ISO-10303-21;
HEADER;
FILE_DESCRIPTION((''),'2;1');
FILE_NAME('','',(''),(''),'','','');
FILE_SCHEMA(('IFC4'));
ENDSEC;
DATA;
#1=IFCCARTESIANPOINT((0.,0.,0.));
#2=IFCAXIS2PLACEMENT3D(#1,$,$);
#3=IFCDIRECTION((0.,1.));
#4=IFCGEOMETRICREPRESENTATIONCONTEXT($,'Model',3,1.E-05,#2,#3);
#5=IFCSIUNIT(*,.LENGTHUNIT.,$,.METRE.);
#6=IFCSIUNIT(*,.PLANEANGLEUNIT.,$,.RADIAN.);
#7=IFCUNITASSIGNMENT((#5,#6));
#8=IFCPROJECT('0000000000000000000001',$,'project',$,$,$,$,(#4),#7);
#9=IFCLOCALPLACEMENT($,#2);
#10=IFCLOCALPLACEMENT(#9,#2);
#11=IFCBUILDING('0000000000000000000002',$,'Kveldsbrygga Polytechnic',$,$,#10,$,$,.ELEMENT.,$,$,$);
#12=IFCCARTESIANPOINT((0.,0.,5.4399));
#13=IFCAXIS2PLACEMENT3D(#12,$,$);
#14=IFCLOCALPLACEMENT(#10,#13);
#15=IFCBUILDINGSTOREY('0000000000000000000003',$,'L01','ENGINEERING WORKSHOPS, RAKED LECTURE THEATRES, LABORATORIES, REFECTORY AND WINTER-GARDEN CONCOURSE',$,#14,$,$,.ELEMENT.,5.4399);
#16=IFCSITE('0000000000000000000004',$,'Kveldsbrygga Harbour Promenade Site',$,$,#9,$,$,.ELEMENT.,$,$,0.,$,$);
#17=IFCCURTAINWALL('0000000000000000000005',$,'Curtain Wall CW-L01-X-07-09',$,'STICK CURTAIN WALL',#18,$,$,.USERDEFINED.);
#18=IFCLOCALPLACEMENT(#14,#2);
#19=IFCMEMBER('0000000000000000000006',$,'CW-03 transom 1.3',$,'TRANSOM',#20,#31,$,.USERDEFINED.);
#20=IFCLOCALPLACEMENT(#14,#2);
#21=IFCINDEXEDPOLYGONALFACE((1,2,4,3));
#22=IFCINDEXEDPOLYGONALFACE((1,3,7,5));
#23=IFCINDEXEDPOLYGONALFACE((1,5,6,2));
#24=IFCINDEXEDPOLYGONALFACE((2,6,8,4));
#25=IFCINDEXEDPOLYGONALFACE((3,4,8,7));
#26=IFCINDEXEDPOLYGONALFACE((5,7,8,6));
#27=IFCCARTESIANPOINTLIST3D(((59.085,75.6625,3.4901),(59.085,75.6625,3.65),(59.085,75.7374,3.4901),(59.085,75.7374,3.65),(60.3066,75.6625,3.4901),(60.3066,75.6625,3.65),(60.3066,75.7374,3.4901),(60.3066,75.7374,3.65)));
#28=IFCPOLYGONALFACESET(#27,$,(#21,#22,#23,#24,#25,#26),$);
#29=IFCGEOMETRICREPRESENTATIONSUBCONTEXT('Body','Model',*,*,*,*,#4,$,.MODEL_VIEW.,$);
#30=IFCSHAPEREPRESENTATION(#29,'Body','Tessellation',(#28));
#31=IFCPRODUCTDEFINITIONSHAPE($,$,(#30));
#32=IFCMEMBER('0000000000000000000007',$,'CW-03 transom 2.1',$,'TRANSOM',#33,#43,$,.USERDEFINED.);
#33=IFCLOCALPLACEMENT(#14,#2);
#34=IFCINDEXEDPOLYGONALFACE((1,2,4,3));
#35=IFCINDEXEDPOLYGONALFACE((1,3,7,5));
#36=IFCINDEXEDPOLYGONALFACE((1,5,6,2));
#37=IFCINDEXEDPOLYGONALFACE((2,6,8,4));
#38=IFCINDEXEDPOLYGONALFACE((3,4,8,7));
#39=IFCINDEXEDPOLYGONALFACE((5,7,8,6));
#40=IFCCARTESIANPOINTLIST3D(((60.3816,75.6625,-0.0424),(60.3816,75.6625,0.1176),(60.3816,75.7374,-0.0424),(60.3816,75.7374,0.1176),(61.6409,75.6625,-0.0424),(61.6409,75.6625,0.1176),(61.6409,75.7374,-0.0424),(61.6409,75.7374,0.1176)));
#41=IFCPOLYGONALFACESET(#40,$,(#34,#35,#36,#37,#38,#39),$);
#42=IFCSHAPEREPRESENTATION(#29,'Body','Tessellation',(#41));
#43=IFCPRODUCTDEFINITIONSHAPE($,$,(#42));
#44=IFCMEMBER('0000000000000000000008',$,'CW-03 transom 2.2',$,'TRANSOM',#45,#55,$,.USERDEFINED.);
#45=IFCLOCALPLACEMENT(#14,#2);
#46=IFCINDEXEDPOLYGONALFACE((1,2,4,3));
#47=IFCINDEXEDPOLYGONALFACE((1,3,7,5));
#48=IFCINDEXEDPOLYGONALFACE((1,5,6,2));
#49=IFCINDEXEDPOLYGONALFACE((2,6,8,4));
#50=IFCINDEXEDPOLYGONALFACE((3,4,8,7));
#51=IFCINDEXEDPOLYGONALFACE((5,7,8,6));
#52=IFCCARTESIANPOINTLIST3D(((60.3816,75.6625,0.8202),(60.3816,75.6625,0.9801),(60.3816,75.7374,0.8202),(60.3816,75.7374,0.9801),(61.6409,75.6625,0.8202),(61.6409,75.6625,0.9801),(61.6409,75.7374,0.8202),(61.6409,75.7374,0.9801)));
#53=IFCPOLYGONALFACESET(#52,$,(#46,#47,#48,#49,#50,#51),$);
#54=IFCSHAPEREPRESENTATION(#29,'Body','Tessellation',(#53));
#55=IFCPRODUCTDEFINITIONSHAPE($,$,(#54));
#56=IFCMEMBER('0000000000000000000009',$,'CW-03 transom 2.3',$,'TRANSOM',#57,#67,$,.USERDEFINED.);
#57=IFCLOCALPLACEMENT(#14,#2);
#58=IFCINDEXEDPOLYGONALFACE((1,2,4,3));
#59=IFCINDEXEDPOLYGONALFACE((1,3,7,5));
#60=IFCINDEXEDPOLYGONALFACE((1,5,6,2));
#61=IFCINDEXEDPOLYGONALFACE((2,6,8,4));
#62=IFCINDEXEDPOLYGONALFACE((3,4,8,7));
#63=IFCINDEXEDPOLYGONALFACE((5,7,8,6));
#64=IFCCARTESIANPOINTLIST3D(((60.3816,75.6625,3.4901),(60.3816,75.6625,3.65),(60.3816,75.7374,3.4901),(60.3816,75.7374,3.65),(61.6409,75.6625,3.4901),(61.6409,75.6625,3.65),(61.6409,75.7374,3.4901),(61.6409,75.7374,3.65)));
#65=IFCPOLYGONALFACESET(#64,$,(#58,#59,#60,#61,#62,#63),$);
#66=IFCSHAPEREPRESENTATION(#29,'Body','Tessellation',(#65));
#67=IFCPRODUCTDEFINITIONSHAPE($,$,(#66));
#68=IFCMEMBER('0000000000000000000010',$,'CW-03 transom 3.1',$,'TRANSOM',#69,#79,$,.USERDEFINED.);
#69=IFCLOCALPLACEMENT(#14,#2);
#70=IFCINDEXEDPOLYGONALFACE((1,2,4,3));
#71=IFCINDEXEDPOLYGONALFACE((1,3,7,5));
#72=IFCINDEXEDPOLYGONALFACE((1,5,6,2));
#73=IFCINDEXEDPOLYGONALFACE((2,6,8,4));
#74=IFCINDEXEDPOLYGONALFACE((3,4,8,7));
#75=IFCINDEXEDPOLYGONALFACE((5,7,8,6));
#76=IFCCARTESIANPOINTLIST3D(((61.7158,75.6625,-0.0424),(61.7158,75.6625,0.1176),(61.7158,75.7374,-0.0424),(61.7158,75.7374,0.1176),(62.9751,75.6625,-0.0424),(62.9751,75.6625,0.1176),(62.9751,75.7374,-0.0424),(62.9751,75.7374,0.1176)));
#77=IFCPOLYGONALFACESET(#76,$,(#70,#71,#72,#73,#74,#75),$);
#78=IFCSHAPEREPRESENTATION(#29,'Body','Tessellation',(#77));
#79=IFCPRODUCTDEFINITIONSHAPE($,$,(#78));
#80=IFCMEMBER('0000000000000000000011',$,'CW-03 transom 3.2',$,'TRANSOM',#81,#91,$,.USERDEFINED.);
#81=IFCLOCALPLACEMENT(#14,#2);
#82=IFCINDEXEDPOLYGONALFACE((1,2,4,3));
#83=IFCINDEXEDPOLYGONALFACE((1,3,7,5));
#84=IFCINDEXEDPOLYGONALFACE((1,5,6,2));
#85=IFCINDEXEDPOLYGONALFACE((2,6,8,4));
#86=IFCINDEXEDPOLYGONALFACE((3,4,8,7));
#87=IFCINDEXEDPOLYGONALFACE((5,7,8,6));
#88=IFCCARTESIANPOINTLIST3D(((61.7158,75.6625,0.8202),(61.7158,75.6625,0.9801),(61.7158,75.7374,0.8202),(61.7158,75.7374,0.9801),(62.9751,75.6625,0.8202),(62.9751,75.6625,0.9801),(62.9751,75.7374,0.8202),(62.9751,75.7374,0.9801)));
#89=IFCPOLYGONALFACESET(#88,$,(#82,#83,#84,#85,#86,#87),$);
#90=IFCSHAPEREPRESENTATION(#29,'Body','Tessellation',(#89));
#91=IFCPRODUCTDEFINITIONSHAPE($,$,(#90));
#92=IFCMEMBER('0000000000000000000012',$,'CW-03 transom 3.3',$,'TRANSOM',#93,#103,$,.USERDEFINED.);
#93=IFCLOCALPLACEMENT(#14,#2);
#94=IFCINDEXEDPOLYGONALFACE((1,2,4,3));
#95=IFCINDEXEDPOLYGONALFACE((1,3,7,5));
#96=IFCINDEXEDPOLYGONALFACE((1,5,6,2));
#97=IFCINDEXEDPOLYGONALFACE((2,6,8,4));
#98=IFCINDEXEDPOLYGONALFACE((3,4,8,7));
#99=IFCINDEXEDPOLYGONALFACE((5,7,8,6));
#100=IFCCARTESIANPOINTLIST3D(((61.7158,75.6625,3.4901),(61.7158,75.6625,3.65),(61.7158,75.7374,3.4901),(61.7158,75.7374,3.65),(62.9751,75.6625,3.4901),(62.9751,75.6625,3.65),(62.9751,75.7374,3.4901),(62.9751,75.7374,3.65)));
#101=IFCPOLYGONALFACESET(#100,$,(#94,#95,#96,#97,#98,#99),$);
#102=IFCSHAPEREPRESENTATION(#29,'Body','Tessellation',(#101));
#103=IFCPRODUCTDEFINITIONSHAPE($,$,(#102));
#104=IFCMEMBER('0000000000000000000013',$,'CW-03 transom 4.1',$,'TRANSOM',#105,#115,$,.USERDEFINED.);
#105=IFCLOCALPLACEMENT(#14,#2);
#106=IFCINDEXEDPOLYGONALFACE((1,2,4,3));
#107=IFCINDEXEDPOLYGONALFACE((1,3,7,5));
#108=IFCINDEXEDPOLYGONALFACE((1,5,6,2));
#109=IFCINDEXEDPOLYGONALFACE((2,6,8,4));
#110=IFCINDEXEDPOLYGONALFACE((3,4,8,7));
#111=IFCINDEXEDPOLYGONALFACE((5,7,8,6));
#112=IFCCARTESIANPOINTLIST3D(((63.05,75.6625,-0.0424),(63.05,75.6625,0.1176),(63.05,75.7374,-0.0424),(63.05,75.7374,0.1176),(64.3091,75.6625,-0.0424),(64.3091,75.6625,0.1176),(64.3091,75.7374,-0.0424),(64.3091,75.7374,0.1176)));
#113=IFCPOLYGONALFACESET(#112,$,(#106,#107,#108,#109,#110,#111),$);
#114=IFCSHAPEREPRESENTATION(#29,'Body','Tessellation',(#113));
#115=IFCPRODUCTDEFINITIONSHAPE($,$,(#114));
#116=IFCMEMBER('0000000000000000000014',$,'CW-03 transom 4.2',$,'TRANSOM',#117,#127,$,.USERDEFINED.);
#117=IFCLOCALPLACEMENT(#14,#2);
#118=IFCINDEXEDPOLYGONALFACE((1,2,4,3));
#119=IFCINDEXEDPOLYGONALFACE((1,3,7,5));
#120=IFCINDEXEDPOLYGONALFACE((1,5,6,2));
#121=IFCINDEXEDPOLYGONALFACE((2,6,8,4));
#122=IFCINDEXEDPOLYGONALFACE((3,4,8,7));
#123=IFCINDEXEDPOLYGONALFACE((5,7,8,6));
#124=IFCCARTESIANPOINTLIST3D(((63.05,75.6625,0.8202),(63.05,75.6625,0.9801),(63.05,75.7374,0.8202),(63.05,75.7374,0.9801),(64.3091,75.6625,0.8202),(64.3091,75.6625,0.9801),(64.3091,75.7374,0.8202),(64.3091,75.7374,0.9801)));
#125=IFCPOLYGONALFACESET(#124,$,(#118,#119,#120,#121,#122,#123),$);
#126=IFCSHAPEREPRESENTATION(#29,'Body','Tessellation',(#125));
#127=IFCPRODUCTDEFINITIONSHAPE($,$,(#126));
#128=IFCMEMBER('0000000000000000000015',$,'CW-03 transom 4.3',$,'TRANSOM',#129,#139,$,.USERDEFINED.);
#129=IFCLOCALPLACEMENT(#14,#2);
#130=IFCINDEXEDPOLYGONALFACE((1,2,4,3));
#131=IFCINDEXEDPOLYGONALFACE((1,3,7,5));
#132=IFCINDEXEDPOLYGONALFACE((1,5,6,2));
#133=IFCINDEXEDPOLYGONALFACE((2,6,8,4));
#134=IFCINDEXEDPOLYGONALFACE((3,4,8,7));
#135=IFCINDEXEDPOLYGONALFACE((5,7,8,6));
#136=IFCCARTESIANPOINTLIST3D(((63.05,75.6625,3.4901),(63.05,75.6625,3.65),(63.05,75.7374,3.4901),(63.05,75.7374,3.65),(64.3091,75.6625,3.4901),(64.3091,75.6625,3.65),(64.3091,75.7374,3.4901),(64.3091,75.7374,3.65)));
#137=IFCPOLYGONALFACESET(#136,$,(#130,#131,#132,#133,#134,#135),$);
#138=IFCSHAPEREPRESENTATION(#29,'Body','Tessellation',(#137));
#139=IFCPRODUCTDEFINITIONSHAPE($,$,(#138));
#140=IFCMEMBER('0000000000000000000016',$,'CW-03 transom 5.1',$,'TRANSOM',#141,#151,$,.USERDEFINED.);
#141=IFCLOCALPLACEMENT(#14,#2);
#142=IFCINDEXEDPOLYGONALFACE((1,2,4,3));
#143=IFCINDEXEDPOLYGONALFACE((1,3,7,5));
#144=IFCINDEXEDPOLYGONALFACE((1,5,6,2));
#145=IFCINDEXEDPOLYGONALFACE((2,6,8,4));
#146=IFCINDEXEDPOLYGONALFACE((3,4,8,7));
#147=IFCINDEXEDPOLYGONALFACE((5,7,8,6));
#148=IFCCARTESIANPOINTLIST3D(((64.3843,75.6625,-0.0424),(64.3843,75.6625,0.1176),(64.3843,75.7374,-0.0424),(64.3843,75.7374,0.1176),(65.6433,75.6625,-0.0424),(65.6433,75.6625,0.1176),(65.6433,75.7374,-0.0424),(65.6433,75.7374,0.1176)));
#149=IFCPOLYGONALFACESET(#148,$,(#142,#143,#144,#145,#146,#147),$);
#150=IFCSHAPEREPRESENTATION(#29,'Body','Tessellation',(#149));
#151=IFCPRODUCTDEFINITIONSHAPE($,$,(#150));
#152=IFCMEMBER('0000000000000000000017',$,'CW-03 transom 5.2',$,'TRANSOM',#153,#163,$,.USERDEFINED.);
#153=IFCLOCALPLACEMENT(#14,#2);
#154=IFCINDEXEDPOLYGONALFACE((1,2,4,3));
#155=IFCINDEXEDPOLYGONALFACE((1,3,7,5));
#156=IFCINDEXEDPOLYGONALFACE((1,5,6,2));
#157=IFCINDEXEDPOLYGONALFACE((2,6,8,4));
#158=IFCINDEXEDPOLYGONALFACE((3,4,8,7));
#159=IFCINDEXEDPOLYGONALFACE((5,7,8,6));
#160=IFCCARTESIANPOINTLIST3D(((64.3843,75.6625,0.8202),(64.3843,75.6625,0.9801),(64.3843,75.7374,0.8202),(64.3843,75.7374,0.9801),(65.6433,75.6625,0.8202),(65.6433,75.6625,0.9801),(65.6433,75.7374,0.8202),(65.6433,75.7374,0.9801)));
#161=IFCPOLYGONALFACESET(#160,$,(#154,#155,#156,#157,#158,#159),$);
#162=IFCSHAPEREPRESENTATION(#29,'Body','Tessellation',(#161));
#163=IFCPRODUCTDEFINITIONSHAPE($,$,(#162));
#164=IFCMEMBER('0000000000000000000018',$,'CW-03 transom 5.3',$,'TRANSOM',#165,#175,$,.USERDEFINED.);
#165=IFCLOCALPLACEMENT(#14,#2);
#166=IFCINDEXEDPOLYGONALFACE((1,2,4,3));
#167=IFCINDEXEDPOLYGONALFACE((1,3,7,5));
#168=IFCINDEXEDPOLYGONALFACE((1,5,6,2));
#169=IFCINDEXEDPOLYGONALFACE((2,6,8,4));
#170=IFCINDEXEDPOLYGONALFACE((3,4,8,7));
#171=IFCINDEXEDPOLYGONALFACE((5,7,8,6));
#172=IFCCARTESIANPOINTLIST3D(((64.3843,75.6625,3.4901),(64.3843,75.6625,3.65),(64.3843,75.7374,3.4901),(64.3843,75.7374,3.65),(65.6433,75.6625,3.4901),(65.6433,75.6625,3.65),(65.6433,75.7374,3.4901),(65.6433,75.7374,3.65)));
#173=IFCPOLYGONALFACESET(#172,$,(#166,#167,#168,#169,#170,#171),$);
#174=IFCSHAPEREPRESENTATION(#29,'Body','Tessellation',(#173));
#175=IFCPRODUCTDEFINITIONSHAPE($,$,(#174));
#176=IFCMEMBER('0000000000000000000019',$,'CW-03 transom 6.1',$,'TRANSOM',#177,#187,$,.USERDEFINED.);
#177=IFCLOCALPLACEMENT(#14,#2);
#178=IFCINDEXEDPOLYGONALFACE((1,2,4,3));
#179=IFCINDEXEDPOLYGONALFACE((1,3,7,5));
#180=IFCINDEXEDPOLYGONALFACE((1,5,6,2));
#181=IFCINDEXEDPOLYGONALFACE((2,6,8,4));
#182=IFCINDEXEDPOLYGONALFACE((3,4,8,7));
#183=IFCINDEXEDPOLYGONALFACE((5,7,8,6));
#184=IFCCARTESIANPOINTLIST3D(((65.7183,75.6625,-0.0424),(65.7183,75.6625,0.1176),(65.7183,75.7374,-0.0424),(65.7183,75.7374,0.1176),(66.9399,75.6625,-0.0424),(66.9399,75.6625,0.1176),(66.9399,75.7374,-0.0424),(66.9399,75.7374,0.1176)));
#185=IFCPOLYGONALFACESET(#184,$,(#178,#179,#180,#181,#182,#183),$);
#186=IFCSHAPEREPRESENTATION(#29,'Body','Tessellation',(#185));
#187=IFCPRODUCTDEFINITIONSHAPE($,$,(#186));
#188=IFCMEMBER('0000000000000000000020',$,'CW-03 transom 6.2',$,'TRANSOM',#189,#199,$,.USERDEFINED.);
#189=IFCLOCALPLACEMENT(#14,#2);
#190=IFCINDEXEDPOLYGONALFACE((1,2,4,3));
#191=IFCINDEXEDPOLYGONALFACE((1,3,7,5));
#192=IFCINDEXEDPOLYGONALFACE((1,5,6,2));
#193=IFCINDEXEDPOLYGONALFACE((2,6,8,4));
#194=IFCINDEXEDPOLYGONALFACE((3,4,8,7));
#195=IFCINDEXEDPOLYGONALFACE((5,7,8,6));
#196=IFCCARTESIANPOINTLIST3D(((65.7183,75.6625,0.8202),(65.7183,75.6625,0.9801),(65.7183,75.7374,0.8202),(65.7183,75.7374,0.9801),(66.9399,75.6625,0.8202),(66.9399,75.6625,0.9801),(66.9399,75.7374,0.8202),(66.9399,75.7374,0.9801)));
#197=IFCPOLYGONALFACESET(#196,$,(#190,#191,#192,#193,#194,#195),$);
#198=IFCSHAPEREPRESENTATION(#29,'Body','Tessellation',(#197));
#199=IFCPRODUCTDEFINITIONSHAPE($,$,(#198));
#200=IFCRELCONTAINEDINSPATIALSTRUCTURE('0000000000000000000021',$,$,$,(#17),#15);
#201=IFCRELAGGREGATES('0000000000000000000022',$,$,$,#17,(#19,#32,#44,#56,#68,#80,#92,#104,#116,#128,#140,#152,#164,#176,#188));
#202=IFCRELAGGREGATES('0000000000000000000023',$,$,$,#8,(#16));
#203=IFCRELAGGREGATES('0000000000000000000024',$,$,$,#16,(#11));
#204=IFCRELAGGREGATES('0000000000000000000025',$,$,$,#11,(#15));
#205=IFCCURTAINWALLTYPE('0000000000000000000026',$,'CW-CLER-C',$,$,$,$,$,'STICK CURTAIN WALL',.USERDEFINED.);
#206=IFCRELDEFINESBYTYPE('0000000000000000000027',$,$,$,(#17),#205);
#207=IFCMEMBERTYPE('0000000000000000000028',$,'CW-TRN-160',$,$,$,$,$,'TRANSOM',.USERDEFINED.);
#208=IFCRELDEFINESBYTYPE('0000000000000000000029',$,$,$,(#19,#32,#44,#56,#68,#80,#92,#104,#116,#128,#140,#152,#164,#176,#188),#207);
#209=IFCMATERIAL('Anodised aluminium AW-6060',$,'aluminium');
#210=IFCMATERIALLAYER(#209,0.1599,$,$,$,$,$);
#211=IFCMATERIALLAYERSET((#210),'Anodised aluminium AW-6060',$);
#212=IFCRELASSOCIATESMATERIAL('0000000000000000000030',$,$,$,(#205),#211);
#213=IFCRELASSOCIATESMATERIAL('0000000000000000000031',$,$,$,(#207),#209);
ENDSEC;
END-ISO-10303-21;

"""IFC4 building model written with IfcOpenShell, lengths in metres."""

from ifc_helpers import new_model, si_unit, direction, frame, origin, origin_2d, place, context, subcontext, project, spatial, rectangle, extrude, material, layer, layer_set, material_profile, profile_set, type_object, element, aggregate, save


model = new_model("IFC4")

# Units and contexts
model_context = context("Model", 3, precision=1e-05, world=origin(), true_north=direction((0.0, 1.0)))
body_context = subcontext(model_context, "Body", "Model", "MODEL_VIEW")
ifc_project = project(units=[si_unit("LENGTHUNIT", "METRE"), si_unit("PLANEANGLEUNIT", "RADIAN")], contexts=[model_context])

# Site, building, storey
site_placement = place(None, origin())
site = spatial("IfcSite", under=ifc_project, at=site_placement, Name="Kveldsbrygga Harbour Promenade Site", CompositionType="ELEMENT", RefElevation=0.0)
building_placement = place(site_placement, origin())
building = spatial("IfcBuilding", under=site, at=building_placement, Name="Kveldsbrygga Polytechnic", CompositionType="ELEMENT")
storey_placement = place(building_placement, frame((0.0, 0.0, 5.4399)))
storey = spatial("IfcBuildingStorey", under=building, at=storey_placement, Name="L01", Description="ENGINEERING WORKSHOPS, RAKED LECTURE THEATRES, LABORATORIES, REFECTORY AND WINTER-GARDEN CONCOURSE", CompositionType="ELEMENT", Elevation=5.4399)

# Curtain wall, members
ifc_material_1 = material(Name="Anodised aluminium AW-6060", Category="aluminium")
ifc_layer_1 = layer(ifc_material_1, 0.1599)
ifc_layer_set_1 = layer_set([ifc_layer_1], Name="Anodised aluminium AW-6060")
curtain_wall_type = type_object("IfcCurtainWallType", Name="CW-CLER-C", ElementType="STICK CURTAIN WALL", PredefinedType="USERDEFINED", material=ifc_layer_set_1)
curtain_wall_placement = place(storey_placement, origin())
curtain_wall = element("IfcCurtainWall", 1, at=curtain_wall_placement, inside=storey, type_object=curtain_wall_type, Name="Curtain Wall CW-L01-X-07-09", ObjectType="STICK CURTAIN WALL", PredefinedType="USERDEFINED")
ifc_material_profile_1 = material_profile(ifc_material_1, rectangle(XDim=0.075, YDim=0.1599, at=origin_2d()), Name="ALU 75x160")
ifc_profile_set_1 = profile_set([ifc_material_profile_1], Name="Anodised aluminium AW-6060")
member_type_1 = type_object("IfcMemberType", Name="CW-TRN-160", ElementType="TRANSOM", PredefinedType="USERDEFINED", material=ifc_profile_set_1)
member_1_placement = place(storey_placement, frame((59.085, 75.7, 3.5701), z_axis=(1.0, 0.0, 0.0), x_axis=(0.0, 1.0, 0.0)))
member_1 = element("IfcMember", 2, at=member_1_placement, type_object=member_type_1, Name="CW-03 transom 1.3", ObjectType="TRANSOM", PredefinedType="USERDEFINED", context=body_context, shape_type="SweptSolid", body=[
    extrude(rectangle(XDim=0.075, YDim=0.1599, at=origin_2d()), origin(), (0.0, 0.0, 1.0), 1.2217),
])
member_2_placement = place(storey_placement, frame((60.3816, 75.7, 0.0376), z_axis=(1.0, 0.0, 0.0), x_axis=(0.0, 1.0, 0.0)))
member_2 = element("IfcMember", 3, at=member_2_placement, type_object=member_type_1, Name="CW-03 transom 2.1", ObjectType="TRANSOM", PredefinedType="USERDEFINED", context=body_context, shape_type="SweptSolid", body=[
    extrude(rectangle(XDim=0.075, YDim=0.1599, at=origin_2d()), origin(), (0.0, 0.0, 1.0), 1.2593),
])
member_3_placement = place(storey_placement, frame((60.3816, 75.7, 0.9001), z_axis=(1.0, 0.0, 0.0), x_axis=(0.0, 1.0, 0.0)))
member_3 = element("IfcMember", 4, at=member_3_placement, type_object=member_type_1, Name="CW-03 transom 2.2", ObjectType="TRANSOM", PredefinedType="USERDEFINED", context=body_context, shape_type="SweptSolid", body=[
    extrude(rectangle(XDim=0.075, YDim=0.1599, at=origin_2d()), origin(), (0.0, 0.0, 1.0), 1.2593),
])
member_4_placement = place(storey_placement, frame((60.3816, 75.7, 3.5701), z_axis=(1.0, 0.0, 0.0), x_axis=(0.0, 1.0, 0.0)))
member_4 = element("IfcMember", 5, at=member_4_placement, type_object=member_type_1, Name="CW-03 transom 2.3", ObjectType="TRANSOM", PredefinedType="USERDEFINED", context=body_context, shape_type="SweptSolid", body=[
    extrude(rectangle(XDim=0.075, YDim=0.1599, at=origin_2d()), origin(), (0.0, 0.0, 1.0), 1.2593),
])
member_5_placement = place(storey_placement, frame((61.7158, 75.7, 0.0376), z_axis=(1.0, 0.0, 0.0), x_axis=(0.0, 1.0, 0.0)))
member_5 = element("IfcMember", 6, at=member_5_placement, type_object=member_type_1, Name="CW-03 transom 3.1", ObjectType="TRANSOM", PredefinedType="USERDEFINED", context=body_context, shape_type="SweptSolid", body=[
    extrude(rectangle(XDim=0.075, YDim=0.1599, at=origin_2d()), origin(), (0.0, 0.0, 1.0), 1.2593),
])
member_6_placement = place(storey_placement, frame((61.7158, 75.7, 0.9001), z_axis=(1.0, 0.0, 0.0), x_axis=(0.0, 1.0, 0.0)))
member_6 = element("IfcMember", 7, at=member_6_placement, type_object=member_type_1, Name="CW-03 transom 3.2", ObjectType="TRANSOM", PredefinedType="USERDEFINED", context=body_context, shape_type="SweptSolid", body=[
    extrude(rectangle(XDim=0.075, YDim=0.1599, at=origin_2d()), origin(), (0.0, 0.0, 1.0), 1.2593),
])
member_7_placement = place(storey_placement, frame((61.7158, 75.7, 3.5701), z_axis=(1.0, 0.0, 0.0), x_axis=(0.0, 1.0, 0.0)))
member_7 = element("IfcMember", 8, at=member_7_placement, type_object=member_type_1, Name="CW-03 transom 3.3", ObjectType="TRANSOM", PredefinedType="USERDEFINED", context=body_context, shape_type="SweptSolid", body=[
    extrude(rectangle(XDim=0.075, YDim=0.1599, at=origin_2d()), origin(), (0.0, 0.0, 1.0), 1.2593),
])
member_8_placement = place(storey_placement, frame((63.05, 75.7, 0.0376), z_axis=(1.0, 0.0, 0.0), x_axis=(0.0, 1.0, 0.0)))
member_8 = element("IfcMember", 9, at=member_8_placement, type_object=member_type_1, Name="CW-03 transom 4.1", ObjectType="TRANSOM", PredefinedType="USERDEFINED", context=body_context, shape_type="SweptSolid", body=[
    extrude(rectangle(XDim=0.075, YDim=0.1599, at=origin_2d()), origin(), (0.0, 0.0, 1.0), 1.259),
])
member_9_placement = place(storey_placement, frame((63.05, 75.7, 0.9001), z_axis=(1.0, 0.0, 0.0), x_axis=(0.0, 1.0, 0.0)))
member_9 = element("IfcMember", 10, at=member_9_placement, type_object=member_type_1, Name="CW-03 transom 4.2", ObjectType="TRANSOM", PredefinedType="USERDEFINED", context=body_context, shape_type="SweptSolid", body=[
    extrude(rectangle(XDim=0.075, YDim=0.1599, at=origin_2d()), origin(), (0.0, 0.0, 1.0), 1.259),
])
member_10_placement = place(storey_placement, frame((63.05, 75.7, 3.5701), z_axis=(1.0, 0.0, 0.0), x_axis=(0.0, 1.0, 0.0)))
member_10 = element("IfcMember", 11, at=member_10_placement, type_object=member_type_1, Name="CW-03 transom 4.3", ObjectType="TRANSOM", PredefinedType="USERDEFINED", context=body_context, shape_type="SweptSolid", body=[
    extrude(rectangle(XDim=0.075, YDim=0.1599, at=origin_2d()), origin(), (0.0, 0.0, 1.0), 1.259),
])
member_11_placement = place(storey_placement, frame((64.3843, 75.7, 0.0376), z_axis=(1.0, 0.0, 0.0), x_axis=(0.0, 1.0, 0.0)))
member_11 = element("IfcMember", 12, at=member_11_placement, type_object=member_type_1, Name="CW-03 transom 5.1", ObjectType="TRANSOM", PredefinedType="USERDEFINED", context=body_context, shape_type="SweptSolid", body=[
    extrude(rectangle(XDim=0.075, YDim=0.1599, at=origin_2d()), origin(), (0.0, 0.0, 1.0), 1.259),
])
member_12_placement = place(storey_placement, frame((64.3843, 75.7, 0.9001), z_axis=(1.0, 0.0, 0.0), x_axis=(0.0, 1.0, 0.0)))
member_12 = element("IfcMember", 13, at=member_12_placement, type_object=member_type_1, Name="CW-03 transom 5.2", ObjectType="TRANSOM", PredefinedType="USERDEFINED", context=body_context, shape_type="SweptSolid", body=[
    extrude(rectangle(XDim=0.075, YDim=0.1599, at=origin_2d()), origin(), (0.0, 0.0, 1.0), 1.259),
])
member_13_placement = place(storey_placement, frame((64.3843, 75.7, 3.5701), z_axis=(1.0, 0.0, 0.0), x_axis=(0.0, 1.0, 0.0)))
member_13 = element("IfcMember", 14, at=member_13_placement, type_object=member_type_1, Name="CW-03 transom 5.3", ObjectType="TRANSOM", PredefinedType="USERDEFINED", context=body_context, shape_type="SweptSolid", body=[
    extrude(rectangle(XDim=0.075, YDim=0.1599, at=origin_2d()), origin(), (0.0, 0.0, 1.0), 1.259),
])
member_14_placement = place(storey_placement, frame((65.7183, 75.7, 0.0376), z_axis=(1.0, 0.0, 0.0), x_axis=(0.0, 1.0, 0.0)))
member_14 = element("IfcMember", 15, at=member_14_placement, type_object=member_type_1, Name="CW-03 transom 6.1", ObjectType="TRANSOM", PredefinedType="USERDEFINED", context=body_context, shape_type="SweptSolid", body=[
    extrude(rectangle(XDim=0.075, YDim=0.1599, at=origin_2d()), origin(), (0.0, 0.0, 1.0), 1.2217),
])
member_15_placement = place(storey_placement, frame((65.7183, 75.7, 0.9001), z_axis=(1.0, 0.0, 0.0), x_axis=(0.0, 1.0, 0.0)))
member_15 = element("IfcMember", 16, at=member_15_placement, type_object=member_type_1, Name="CW-03 transom 6.2", ObjectType="TRANSOM", PredefinedType="USERDEFINED", context=body_context, shape_type="SweptSolid", body=[
    extrude(rectangle(XDim=0.075, YDim=0.1599, at=origin_2d()), origin(), (0.0, 0.0, 1.0), 1.2217),
])
aggregate(curtain_wall, [member_1, member_2, member_3, member_4, member_5, member_6, member_7, member_8, member_9, member_10, member_11, member_12, member_13, member_14, member_15])

save(model, "model.ifc")
